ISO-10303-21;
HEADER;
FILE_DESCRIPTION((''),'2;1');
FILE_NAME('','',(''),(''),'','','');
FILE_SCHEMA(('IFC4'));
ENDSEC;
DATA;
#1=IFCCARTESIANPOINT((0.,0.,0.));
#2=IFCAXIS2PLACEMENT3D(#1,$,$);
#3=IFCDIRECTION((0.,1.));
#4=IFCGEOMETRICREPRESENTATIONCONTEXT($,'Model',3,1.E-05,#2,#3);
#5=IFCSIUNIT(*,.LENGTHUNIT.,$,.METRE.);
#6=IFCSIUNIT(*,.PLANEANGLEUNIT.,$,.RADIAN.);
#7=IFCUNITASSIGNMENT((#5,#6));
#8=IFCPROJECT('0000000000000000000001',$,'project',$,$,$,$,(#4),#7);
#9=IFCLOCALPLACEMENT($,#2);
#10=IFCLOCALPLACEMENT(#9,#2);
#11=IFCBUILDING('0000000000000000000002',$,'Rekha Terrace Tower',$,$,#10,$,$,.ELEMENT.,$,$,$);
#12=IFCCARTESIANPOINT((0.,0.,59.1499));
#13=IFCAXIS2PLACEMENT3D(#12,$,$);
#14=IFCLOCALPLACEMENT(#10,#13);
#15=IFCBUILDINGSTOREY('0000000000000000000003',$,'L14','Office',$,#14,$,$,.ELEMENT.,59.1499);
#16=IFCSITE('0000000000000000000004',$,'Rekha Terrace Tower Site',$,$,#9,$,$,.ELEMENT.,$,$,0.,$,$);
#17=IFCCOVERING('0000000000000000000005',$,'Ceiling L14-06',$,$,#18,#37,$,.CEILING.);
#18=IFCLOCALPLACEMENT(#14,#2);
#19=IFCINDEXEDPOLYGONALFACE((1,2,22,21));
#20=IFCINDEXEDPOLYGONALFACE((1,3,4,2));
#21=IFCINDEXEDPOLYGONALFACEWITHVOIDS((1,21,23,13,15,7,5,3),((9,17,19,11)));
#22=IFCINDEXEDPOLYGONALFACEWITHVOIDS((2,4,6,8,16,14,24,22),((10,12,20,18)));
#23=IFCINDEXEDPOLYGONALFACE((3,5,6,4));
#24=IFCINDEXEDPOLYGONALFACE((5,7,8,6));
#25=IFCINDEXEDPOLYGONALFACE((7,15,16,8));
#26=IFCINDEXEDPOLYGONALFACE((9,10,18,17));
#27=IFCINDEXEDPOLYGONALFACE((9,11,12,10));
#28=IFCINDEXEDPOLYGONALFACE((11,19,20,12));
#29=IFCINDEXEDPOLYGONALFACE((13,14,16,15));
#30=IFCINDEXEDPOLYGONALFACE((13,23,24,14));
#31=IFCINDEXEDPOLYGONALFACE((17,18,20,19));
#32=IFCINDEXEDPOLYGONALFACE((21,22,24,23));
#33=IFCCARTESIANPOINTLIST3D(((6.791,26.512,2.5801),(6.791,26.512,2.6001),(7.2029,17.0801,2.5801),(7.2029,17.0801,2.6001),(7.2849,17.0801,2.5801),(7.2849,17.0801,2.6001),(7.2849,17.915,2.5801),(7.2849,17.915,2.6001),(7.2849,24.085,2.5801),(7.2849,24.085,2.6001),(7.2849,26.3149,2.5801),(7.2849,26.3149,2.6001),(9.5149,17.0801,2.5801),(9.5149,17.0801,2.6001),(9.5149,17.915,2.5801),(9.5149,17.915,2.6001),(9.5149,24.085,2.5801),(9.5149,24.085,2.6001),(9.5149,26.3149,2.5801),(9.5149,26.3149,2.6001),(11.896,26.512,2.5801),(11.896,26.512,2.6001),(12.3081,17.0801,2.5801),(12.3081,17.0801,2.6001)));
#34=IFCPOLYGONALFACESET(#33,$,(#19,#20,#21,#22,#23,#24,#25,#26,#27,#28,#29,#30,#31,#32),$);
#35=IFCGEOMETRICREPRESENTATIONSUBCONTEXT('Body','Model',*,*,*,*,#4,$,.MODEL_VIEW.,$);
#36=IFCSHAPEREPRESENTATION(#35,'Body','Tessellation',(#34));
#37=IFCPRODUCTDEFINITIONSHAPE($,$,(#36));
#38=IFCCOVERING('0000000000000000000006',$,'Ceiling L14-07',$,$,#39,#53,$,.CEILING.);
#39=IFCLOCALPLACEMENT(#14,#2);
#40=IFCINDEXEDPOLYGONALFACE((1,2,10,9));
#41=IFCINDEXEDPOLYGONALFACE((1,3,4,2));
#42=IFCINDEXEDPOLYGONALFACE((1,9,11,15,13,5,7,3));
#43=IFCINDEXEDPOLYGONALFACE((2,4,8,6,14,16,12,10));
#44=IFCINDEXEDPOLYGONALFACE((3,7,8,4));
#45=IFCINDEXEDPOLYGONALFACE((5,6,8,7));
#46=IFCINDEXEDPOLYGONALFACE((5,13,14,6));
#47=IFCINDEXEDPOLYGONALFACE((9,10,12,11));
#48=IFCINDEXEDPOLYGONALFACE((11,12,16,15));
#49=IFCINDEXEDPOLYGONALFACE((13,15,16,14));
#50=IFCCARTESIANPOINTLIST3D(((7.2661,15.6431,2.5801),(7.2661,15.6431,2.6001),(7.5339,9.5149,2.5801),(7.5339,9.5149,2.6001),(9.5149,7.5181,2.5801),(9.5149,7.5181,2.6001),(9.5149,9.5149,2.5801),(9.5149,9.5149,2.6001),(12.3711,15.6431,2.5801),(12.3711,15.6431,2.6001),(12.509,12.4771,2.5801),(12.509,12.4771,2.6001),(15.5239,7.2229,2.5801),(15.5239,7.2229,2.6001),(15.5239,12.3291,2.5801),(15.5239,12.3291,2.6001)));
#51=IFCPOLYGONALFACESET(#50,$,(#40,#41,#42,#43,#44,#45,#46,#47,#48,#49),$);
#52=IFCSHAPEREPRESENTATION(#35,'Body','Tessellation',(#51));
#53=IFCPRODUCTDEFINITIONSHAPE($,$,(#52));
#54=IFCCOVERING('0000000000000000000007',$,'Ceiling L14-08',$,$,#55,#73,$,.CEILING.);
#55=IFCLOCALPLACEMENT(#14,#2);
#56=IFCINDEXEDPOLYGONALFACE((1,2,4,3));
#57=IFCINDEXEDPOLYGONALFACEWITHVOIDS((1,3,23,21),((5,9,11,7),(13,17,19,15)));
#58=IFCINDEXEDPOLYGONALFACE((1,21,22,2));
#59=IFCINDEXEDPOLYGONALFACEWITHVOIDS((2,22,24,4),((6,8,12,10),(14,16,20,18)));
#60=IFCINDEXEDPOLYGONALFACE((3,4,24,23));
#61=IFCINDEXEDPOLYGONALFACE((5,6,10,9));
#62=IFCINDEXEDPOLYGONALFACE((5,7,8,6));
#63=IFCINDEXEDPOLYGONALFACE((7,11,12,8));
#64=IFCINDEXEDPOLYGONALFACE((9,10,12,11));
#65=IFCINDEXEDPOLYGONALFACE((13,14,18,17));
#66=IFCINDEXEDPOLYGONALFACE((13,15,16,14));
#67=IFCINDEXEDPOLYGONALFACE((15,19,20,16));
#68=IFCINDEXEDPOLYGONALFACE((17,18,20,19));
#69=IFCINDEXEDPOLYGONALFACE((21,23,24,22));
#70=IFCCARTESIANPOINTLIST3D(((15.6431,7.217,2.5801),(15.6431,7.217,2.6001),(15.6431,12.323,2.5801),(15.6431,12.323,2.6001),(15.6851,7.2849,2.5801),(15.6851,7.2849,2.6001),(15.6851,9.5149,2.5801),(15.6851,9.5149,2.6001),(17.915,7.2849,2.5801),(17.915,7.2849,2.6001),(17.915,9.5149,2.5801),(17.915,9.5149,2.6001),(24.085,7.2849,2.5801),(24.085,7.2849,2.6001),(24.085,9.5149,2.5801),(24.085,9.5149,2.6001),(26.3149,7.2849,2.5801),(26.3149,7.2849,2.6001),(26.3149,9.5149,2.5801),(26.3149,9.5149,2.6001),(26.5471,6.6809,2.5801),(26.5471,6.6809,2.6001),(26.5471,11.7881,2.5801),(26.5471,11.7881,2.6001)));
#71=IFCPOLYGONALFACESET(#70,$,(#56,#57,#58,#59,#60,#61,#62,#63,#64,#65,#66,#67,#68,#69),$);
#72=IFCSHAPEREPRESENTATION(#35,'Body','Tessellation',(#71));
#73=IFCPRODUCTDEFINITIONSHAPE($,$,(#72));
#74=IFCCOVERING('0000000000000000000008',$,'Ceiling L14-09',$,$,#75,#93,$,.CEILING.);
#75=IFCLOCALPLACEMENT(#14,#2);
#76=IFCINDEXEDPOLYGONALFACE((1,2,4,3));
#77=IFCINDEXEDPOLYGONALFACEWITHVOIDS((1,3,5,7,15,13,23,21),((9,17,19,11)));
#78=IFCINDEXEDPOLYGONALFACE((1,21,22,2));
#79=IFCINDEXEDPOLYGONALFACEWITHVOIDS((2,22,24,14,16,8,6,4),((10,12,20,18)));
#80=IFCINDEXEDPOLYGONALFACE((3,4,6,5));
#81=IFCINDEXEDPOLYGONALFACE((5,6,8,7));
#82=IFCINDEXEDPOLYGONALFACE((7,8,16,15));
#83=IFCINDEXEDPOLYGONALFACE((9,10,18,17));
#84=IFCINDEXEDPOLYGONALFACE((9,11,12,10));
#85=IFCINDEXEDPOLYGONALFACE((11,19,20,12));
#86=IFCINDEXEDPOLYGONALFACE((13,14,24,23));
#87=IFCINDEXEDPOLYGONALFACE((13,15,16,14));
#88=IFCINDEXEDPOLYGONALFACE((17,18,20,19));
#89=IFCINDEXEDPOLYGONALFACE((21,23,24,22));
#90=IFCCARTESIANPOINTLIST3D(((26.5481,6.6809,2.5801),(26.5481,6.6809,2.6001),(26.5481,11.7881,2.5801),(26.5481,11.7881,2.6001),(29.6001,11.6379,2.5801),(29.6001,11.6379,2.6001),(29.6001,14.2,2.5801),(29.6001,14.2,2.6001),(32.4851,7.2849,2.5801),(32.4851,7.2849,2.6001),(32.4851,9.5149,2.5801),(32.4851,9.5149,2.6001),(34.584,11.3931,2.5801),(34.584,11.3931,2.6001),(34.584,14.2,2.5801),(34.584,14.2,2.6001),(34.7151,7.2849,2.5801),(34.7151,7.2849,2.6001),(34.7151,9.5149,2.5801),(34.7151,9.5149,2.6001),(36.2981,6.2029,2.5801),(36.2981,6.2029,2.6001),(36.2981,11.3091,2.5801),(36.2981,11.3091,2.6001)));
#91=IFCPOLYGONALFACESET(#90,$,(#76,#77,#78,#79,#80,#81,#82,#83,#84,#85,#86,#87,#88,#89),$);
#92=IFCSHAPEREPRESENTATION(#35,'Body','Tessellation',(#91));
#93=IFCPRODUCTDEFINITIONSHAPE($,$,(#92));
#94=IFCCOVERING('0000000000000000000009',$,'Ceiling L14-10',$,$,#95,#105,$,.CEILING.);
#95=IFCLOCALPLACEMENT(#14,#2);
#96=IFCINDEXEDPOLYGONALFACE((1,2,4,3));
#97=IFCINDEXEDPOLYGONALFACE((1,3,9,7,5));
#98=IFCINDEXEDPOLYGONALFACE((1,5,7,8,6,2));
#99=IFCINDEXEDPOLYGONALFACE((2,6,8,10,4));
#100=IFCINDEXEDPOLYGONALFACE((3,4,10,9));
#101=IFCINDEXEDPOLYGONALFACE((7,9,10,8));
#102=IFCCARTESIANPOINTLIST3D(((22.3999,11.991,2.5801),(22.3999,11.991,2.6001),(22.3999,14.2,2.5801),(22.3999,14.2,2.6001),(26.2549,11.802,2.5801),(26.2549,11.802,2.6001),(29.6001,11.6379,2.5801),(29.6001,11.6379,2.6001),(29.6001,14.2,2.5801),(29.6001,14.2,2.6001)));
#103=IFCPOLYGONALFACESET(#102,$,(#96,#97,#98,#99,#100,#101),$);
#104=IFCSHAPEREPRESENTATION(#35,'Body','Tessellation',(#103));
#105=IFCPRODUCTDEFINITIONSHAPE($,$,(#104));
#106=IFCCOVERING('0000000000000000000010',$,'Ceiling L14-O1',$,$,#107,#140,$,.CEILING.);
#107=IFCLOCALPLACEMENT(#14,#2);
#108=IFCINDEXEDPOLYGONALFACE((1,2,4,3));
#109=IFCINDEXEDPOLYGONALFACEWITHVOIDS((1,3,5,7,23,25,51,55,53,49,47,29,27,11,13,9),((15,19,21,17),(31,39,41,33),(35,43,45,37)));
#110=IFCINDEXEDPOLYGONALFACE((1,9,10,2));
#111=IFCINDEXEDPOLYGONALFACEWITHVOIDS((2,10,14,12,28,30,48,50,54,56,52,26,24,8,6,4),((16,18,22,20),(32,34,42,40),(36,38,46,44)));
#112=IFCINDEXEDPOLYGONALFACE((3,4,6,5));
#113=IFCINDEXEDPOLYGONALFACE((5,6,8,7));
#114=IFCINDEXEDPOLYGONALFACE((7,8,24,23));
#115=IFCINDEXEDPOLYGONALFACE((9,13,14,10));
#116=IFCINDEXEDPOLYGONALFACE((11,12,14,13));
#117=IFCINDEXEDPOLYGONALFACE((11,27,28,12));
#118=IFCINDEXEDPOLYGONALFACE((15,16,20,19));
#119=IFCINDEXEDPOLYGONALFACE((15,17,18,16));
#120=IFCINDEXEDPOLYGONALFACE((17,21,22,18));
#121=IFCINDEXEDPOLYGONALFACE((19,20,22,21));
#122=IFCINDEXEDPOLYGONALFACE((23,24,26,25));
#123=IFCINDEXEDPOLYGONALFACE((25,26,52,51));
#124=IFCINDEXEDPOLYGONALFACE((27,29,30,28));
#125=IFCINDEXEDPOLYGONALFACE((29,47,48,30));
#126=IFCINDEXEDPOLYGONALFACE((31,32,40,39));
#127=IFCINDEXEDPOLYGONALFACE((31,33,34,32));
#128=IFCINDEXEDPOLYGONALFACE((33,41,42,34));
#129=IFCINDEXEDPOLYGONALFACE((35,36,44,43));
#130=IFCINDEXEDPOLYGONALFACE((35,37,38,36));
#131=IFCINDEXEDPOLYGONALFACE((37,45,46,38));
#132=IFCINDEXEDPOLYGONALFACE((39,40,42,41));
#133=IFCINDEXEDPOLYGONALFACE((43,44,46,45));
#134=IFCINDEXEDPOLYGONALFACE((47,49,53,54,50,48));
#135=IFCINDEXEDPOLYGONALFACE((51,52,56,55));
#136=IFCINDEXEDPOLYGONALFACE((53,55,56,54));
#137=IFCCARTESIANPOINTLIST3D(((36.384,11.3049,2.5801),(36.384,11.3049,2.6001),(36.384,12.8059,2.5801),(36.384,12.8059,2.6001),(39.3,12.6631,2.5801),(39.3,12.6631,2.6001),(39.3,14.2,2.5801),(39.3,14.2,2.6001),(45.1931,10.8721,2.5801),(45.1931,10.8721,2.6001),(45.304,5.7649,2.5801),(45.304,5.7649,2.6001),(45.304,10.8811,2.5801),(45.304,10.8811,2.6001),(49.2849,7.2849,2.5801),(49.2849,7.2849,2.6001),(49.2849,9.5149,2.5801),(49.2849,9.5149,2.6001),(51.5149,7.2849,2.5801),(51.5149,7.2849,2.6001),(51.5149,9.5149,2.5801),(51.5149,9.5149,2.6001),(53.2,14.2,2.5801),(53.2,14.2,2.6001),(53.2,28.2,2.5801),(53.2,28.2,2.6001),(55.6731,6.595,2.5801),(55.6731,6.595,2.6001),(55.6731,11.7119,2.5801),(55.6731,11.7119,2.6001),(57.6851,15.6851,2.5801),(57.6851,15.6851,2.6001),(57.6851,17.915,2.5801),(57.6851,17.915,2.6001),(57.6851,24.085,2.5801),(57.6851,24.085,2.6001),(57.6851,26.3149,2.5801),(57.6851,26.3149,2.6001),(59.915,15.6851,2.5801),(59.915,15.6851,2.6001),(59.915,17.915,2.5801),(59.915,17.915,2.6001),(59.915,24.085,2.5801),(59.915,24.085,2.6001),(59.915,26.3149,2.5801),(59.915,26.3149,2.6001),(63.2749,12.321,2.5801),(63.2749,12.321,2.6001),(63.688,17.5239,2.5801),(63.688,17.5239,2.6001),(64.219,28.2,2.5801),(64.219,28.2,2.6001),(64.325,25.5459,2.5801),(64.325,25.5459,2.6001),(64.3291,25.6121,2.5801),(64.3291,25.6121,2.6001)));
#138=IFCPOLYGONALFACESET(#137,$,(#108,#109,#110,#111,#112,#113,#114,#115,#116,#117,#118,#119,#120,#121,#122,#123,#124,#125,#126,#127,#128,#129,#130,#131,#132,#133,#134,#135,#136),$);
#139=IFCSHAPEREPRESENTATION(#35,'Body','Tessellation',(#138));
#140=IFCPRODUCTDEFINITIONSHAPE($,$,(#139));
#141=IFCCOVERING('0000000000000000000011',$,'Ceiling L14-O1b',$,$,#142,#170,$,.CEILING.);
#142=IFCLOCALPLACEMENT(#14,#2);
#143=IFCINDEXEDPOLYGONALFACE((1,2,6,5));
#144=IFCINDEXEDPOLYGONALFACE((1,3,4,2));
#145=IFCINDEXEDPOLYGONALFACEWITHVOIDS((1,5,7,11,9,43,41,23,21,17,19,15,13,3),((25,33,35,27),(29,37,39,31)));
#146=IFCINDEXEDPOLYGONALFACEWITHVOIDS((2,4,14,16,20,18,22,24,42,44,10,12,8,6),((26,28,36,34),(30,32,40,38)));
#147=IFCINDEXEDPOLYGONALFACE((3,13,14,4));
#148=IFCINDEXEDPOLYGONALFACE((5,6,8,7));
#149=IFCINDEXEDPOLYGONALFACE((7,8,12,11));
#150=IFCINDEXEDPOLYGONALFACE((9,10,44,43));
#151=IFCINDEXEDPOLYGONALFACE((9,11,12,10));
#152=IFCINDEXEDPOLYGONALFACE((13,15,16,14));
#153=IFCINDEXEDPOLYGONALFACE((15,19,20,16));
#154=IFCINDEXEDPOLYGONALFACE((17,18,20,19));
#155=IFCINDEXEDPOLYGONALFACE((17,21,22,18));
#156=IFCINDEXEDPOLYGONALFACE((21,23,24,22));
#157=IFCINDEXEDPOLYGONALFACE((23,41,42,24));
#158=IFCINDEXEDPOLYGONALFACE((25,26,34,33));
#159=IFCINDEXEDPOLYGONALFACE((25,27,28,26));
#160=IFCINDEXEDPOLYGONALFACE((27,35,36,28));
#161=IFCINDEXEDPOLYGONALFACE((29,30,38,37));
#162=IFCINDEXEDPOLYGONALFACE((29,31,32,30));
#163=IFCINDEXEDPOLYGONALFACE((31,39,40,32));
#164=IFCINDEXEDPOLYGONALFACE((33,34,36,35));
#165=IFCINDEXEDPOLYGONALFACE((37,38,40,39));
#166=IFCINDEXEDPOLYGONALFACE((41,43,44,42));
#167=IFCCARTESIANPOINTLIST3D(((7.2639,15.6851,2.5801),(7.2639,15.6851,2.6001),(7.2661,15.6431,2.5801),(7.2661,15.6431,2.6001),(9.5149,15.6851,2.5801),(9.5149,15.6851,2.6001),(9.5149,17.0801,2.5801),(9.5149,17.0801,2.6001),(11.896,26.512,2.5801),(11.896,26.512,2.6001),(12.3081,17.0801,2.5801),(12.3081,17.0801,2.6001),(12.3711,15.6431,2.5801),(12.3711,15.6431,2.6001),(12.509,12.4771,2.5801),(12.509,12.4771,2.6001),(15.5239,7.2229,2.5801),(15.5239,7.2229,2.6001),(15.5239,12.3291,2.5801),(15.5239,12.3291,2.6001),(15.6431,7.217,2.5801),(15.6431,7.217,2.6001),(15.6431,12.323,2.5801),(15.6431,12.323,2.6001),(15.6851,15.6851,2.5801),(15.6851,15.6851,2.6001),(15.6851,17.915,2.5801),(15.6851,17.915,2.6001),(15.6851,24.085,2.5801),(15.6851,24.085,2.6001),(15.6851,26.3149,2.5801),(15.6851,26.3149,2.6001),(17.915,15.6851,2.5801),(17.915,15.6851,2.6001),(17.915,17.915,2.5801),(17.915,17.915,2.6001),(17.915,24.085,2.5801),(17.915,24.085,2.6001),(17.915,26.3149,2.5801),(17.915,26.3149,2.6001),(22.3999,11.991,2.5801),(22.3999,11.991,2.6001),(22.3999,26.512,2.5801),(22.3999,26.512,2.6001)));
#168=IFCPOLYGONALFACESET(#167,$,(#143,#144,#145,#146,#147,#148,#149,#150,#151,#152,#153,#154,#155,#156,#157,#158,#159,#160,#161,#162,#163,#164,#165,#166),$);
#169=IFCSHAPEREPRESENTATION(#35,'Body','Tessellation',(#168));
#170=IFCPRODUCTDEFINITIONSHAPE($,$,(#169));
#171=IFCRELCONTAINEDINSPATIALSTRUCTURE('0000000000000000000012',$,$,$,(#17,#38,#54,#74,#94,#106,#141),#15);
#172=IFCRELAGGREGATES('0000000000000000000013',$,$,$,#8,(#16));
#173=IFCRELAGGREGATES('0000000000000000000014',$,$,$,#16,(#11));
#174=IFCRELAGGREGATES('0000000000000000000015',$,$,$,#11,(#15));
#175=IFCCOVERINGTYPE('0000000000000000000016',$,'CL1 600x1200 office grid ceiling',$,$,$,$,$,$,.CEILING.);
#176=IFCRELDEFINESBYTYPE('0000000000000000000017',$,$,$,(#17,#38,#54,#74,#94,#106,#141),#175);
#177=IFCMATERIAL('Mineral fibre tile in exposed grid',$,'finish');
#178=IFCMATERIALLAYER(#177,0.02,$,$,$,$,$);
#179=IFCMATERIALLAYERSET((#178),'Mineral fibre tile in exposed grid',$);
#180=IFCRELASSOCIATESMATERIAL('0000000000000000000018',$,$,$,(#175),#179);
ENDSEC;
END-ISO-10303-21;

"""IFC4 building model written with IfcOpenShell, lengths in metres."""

from ifc_helpers import new_model, si_unit, direction, frame, origin, place, context, subcontext, project, spatial, polyline, outline, extrude, material, layer, layer_set, type_object, element, save


model = new_model("IFC4")

# Units and contexts
model_context = context("Model", 3, precision=1e-05, world=origin(), true_north=direction((0.0, 1.0)))
body_context = subcontext(model_context, "Body", "Model", "MODEL_VIEW")
ifc_project = project(units=[si_unit("LENGTHUNIT", "METRE"), si_unit("PLANEANGLEUNIT", "RADIAN")], contexts=[model_context])

# Site, building, storey
site_placement = place(None, origin())
site = spatial("IfcSite", under=ifc_project, at=site_placement, Name="Rekha Terrace Tower Site", CompositionType="ELEMENT", RefElevation=0.0)
building_placement = place(site_placement, origin())
building = spatial("IfcBuilding", under=site, at=building_placement, Name="Rekha Terrace Tower", CompositionType="ELEMENT")
storey_placement = place(building_placement, frame((0.0, 0.0, 59.1499)))
storey = spatial("IfcBuildingStorey", under=building, at=storey_placement, Name="L14", Description="Office", CompositionType="ELEMENT", Elevation=59.1499)

# Coverings
ifc_material_1 = material(Name="Mineral fibre tile in exposed grid", Category="finish")
ifc_layer_1 = layer(ifc_material_1, 0.02)
ifc_layer_set_1 = layer_set([ifc_layer_1], Name="Mineral fibre tile in exposed grid")
covering_type_1 = type_object("IfcCoveringType", Name="CL1 600x1200 office grid ceiling", PredefinedType="CEILING", material=ifc_layer_set_1)
covering_1_placement = place(storey_placement, frame((0.0, 0.0, 2.5801)))
element("IfcCovering", 1, at=covering_1_placement, inside=storey, type_object=covering_type_1, Name="Ceiling L14-06", PredefinedType="CEILING", context=body_context, shape_type="SweptSolid", body=[
    extrude(outline(polyline([(9.5149, 17.0801), (12.3081, 17.0801), (11.896, 26.512), (6.791, 26.512), (7.2029, 17.0801), (7.2849, 17.0801), (7.2849, 17.915), (9.5149, 17.915), (9.5149, 17.0801)]), holes=[polyline([(9.5149, 24.085), (7.2849, 24.085), (7.2849, 26.3149), (9.5149, 26.3149), (9.5149, 24.085)])]), origin(), (0.0, 0.0, 1.0), 0.02),
])
covering_2_placement = place(storey_placement, frame((0.0, 0.0, 2.5801)))
element("IfcCovering", 2, at=covering_2_placement, inside=storey, type_object=covering_type_1, Name="Ceiling L14-07", PredefinedType="CEILING", context=body_context, shape_type="SweptSolid", body=[
    extrude(outline(polyline([(12.509, 12.4771), (12.3711, 15.6431), (7.2661, 15.6431), (7.5339, 9.5149), (9.5149, 9.5149), (9.5149, 7.5181), (15.5239, 7.2229), (15.5239, 12.3291), (12.509, 12.4771)])), origin(), (0.0, 0.0, 1.0), 0.02),
])
covering_3_placement = place(storey_placement, frame((0.0, 0.0, 2.5801)))
element("IfcCovering", 3, at=covering_3_placement, inside=storey, type_object=covering_type_1, Name="Ceiling L14-08", PredefinedType="CEILING", context=body_context, shape_type="SweptSolid", body=[
    extrude(outline(polyline([(26.5471, 6.6809), (26.5471, 11.7881), (15.6431, 12.323), (15.6431, 7.217), (26.5471, 6.6809)]), holes=[polyline([(26.3149, 9.5149), (26.3149, 7.2849), (24.085, 7.2849), (24.085, 9.5149), (26.3149, 9.5149)]), polyline([(17.915, 7.2849), (15.6851, 7.2849), (15.6851, 9.5149), (17.915, 9.5149), (17.915, 7.2849)])]), origin(), (0.0, 0.0, 1.0), 0.02),
])
covering_4_placement = place(storey_placement, frame((0.0, 0.0, 2.5801)))
element("IfcCovering", 4, at=covering_4_placement, inside=storey, type_object=covering_type_1, Name="Ceiling L14-09", PredefinedType="CEILING", context=body_context, shape_type="SweptSolid", body=[
    extrude(outline(polyline([(34.584, 14.2), (29.6001, 14.2), (29.6001, 11.6379), (26.5481, 11.7881), (26.5481, 6.6809), (36.2981, 6.2029), (36.2981, 11.3091), (34.584, 11.3931), (34.584, 14.2)]), holes=[polyline([(34.7151, 7.2849), (32.4851, 7.2849), (32.4851, 9.5149), (34.7151, 9.5149), (34.7151, 7.2849)])]), origin(), (0.0, 0.0, 1.0), 0.02),
])
covering_5_placement = place(storey_placement, frame((0.0, 0.0, 2.5801)))
element("IfcCovering", 5, at=covering_5_placement, inside=storey, type_object=covering_type_1, Name="Ceiling L14-10", PredefinedType="CEILING", context=body_context, shape_type="SweptSolid", body=[
    extrude(outline(polyline([(29.6001, 14.2), (22.3999, 14.2), (22.3999, 11.991), (26.2549, 11.802), (29.6001, 11.6379), (29.6001, 14.2)])), origin(), (0.0, 0.0, 1.0), 0.02),
])
covering_6_placement = place(storey_placement, frame((0.0, 0.0, 2.5801)))
element("IfcCovering", 6, at=covering_6_placement, inside=storey, type_object=covering_type_1, Name="Ceiling L14-O1", PredefinedType="CEILING", context=body_context, shape_type="SweptSolid", body=[
    extrude(outline(polyline([(36.384, 11.3049), (45.1931, 10.8721), (45.304, 10.8811), (45.304, 5.7649), (55.6731, 6.595), (55.6731, 11.7119), (63.2749, 12.321), (63.688, 17.5239), (64.325, 25.5459), (64.3291, 25.6121), (64.219, 28.2), (53.2, 28.2), (53.2, 14.2), (39.3, 14.2), (39.3, 12.6631), (36.384, 12.8059), (36.384, 11.3049)]), holes=[polyline([(59.915, 17.915), (59.915, 15.6851), (57.6851, 15.6851), (57.6851, 17.915), (59.915, 17.915)]), polyline([(59.915, 24.085), (57.6851, 24.085), (57.6851, 26.3149), (59.915, 26.3149), (59.915, 24.085)]), polyline([(51.5149, 7.2849), (49.2849, 7.2849), (49.2849, 9.5149), (51.5149, 9.5149), (51.5149, 7.2849)])]), origin(), (0.0, 0.0, 1.0), 0.02),
])
covering_7_placement = place(storey_placement, frame((0.0, 0.0, 2.5801)))
element("IfcCovering", 7, at=covering_7_placement, inside=storey, type_object=covering_type_1, Name="Ceiling L14-O1b", PredefinedType="CEILING", context=body_context, shape_type="SweptSolid", body=[
    extrude(outline(polyline([(9.5149, 15.6851), (7.2639, 15.6851), (7.2661, 15.6431), (12.3711, 15.6431), (12.509, 12.4771), (15.5239, 12.3291), (15.5239, 7.2229), (15.6431, 7.217), (15.6431, 12.323), (22.3999, 11.991), (22.3999, 26.512), (11.896, 26.512), (12.3081, 17.0801), (9.5149, 17.0801), (9.5149, 15.6851)]), holes=[polyline([(17.915, 15.6851), (15.6851, 15.6851), (15.6851, 17.915), (17.915, 17.915), (17.915, 15.6851)]), polyline([(17.915, 24.085), (15.6851, 24.085), (15.6851, 26.3149), (17.915, 26.3149), (17.915, 24.085)])]), origin(), (0.0, 0.0, 1.0), 0.02),
])

save(model, "model.ifc")
